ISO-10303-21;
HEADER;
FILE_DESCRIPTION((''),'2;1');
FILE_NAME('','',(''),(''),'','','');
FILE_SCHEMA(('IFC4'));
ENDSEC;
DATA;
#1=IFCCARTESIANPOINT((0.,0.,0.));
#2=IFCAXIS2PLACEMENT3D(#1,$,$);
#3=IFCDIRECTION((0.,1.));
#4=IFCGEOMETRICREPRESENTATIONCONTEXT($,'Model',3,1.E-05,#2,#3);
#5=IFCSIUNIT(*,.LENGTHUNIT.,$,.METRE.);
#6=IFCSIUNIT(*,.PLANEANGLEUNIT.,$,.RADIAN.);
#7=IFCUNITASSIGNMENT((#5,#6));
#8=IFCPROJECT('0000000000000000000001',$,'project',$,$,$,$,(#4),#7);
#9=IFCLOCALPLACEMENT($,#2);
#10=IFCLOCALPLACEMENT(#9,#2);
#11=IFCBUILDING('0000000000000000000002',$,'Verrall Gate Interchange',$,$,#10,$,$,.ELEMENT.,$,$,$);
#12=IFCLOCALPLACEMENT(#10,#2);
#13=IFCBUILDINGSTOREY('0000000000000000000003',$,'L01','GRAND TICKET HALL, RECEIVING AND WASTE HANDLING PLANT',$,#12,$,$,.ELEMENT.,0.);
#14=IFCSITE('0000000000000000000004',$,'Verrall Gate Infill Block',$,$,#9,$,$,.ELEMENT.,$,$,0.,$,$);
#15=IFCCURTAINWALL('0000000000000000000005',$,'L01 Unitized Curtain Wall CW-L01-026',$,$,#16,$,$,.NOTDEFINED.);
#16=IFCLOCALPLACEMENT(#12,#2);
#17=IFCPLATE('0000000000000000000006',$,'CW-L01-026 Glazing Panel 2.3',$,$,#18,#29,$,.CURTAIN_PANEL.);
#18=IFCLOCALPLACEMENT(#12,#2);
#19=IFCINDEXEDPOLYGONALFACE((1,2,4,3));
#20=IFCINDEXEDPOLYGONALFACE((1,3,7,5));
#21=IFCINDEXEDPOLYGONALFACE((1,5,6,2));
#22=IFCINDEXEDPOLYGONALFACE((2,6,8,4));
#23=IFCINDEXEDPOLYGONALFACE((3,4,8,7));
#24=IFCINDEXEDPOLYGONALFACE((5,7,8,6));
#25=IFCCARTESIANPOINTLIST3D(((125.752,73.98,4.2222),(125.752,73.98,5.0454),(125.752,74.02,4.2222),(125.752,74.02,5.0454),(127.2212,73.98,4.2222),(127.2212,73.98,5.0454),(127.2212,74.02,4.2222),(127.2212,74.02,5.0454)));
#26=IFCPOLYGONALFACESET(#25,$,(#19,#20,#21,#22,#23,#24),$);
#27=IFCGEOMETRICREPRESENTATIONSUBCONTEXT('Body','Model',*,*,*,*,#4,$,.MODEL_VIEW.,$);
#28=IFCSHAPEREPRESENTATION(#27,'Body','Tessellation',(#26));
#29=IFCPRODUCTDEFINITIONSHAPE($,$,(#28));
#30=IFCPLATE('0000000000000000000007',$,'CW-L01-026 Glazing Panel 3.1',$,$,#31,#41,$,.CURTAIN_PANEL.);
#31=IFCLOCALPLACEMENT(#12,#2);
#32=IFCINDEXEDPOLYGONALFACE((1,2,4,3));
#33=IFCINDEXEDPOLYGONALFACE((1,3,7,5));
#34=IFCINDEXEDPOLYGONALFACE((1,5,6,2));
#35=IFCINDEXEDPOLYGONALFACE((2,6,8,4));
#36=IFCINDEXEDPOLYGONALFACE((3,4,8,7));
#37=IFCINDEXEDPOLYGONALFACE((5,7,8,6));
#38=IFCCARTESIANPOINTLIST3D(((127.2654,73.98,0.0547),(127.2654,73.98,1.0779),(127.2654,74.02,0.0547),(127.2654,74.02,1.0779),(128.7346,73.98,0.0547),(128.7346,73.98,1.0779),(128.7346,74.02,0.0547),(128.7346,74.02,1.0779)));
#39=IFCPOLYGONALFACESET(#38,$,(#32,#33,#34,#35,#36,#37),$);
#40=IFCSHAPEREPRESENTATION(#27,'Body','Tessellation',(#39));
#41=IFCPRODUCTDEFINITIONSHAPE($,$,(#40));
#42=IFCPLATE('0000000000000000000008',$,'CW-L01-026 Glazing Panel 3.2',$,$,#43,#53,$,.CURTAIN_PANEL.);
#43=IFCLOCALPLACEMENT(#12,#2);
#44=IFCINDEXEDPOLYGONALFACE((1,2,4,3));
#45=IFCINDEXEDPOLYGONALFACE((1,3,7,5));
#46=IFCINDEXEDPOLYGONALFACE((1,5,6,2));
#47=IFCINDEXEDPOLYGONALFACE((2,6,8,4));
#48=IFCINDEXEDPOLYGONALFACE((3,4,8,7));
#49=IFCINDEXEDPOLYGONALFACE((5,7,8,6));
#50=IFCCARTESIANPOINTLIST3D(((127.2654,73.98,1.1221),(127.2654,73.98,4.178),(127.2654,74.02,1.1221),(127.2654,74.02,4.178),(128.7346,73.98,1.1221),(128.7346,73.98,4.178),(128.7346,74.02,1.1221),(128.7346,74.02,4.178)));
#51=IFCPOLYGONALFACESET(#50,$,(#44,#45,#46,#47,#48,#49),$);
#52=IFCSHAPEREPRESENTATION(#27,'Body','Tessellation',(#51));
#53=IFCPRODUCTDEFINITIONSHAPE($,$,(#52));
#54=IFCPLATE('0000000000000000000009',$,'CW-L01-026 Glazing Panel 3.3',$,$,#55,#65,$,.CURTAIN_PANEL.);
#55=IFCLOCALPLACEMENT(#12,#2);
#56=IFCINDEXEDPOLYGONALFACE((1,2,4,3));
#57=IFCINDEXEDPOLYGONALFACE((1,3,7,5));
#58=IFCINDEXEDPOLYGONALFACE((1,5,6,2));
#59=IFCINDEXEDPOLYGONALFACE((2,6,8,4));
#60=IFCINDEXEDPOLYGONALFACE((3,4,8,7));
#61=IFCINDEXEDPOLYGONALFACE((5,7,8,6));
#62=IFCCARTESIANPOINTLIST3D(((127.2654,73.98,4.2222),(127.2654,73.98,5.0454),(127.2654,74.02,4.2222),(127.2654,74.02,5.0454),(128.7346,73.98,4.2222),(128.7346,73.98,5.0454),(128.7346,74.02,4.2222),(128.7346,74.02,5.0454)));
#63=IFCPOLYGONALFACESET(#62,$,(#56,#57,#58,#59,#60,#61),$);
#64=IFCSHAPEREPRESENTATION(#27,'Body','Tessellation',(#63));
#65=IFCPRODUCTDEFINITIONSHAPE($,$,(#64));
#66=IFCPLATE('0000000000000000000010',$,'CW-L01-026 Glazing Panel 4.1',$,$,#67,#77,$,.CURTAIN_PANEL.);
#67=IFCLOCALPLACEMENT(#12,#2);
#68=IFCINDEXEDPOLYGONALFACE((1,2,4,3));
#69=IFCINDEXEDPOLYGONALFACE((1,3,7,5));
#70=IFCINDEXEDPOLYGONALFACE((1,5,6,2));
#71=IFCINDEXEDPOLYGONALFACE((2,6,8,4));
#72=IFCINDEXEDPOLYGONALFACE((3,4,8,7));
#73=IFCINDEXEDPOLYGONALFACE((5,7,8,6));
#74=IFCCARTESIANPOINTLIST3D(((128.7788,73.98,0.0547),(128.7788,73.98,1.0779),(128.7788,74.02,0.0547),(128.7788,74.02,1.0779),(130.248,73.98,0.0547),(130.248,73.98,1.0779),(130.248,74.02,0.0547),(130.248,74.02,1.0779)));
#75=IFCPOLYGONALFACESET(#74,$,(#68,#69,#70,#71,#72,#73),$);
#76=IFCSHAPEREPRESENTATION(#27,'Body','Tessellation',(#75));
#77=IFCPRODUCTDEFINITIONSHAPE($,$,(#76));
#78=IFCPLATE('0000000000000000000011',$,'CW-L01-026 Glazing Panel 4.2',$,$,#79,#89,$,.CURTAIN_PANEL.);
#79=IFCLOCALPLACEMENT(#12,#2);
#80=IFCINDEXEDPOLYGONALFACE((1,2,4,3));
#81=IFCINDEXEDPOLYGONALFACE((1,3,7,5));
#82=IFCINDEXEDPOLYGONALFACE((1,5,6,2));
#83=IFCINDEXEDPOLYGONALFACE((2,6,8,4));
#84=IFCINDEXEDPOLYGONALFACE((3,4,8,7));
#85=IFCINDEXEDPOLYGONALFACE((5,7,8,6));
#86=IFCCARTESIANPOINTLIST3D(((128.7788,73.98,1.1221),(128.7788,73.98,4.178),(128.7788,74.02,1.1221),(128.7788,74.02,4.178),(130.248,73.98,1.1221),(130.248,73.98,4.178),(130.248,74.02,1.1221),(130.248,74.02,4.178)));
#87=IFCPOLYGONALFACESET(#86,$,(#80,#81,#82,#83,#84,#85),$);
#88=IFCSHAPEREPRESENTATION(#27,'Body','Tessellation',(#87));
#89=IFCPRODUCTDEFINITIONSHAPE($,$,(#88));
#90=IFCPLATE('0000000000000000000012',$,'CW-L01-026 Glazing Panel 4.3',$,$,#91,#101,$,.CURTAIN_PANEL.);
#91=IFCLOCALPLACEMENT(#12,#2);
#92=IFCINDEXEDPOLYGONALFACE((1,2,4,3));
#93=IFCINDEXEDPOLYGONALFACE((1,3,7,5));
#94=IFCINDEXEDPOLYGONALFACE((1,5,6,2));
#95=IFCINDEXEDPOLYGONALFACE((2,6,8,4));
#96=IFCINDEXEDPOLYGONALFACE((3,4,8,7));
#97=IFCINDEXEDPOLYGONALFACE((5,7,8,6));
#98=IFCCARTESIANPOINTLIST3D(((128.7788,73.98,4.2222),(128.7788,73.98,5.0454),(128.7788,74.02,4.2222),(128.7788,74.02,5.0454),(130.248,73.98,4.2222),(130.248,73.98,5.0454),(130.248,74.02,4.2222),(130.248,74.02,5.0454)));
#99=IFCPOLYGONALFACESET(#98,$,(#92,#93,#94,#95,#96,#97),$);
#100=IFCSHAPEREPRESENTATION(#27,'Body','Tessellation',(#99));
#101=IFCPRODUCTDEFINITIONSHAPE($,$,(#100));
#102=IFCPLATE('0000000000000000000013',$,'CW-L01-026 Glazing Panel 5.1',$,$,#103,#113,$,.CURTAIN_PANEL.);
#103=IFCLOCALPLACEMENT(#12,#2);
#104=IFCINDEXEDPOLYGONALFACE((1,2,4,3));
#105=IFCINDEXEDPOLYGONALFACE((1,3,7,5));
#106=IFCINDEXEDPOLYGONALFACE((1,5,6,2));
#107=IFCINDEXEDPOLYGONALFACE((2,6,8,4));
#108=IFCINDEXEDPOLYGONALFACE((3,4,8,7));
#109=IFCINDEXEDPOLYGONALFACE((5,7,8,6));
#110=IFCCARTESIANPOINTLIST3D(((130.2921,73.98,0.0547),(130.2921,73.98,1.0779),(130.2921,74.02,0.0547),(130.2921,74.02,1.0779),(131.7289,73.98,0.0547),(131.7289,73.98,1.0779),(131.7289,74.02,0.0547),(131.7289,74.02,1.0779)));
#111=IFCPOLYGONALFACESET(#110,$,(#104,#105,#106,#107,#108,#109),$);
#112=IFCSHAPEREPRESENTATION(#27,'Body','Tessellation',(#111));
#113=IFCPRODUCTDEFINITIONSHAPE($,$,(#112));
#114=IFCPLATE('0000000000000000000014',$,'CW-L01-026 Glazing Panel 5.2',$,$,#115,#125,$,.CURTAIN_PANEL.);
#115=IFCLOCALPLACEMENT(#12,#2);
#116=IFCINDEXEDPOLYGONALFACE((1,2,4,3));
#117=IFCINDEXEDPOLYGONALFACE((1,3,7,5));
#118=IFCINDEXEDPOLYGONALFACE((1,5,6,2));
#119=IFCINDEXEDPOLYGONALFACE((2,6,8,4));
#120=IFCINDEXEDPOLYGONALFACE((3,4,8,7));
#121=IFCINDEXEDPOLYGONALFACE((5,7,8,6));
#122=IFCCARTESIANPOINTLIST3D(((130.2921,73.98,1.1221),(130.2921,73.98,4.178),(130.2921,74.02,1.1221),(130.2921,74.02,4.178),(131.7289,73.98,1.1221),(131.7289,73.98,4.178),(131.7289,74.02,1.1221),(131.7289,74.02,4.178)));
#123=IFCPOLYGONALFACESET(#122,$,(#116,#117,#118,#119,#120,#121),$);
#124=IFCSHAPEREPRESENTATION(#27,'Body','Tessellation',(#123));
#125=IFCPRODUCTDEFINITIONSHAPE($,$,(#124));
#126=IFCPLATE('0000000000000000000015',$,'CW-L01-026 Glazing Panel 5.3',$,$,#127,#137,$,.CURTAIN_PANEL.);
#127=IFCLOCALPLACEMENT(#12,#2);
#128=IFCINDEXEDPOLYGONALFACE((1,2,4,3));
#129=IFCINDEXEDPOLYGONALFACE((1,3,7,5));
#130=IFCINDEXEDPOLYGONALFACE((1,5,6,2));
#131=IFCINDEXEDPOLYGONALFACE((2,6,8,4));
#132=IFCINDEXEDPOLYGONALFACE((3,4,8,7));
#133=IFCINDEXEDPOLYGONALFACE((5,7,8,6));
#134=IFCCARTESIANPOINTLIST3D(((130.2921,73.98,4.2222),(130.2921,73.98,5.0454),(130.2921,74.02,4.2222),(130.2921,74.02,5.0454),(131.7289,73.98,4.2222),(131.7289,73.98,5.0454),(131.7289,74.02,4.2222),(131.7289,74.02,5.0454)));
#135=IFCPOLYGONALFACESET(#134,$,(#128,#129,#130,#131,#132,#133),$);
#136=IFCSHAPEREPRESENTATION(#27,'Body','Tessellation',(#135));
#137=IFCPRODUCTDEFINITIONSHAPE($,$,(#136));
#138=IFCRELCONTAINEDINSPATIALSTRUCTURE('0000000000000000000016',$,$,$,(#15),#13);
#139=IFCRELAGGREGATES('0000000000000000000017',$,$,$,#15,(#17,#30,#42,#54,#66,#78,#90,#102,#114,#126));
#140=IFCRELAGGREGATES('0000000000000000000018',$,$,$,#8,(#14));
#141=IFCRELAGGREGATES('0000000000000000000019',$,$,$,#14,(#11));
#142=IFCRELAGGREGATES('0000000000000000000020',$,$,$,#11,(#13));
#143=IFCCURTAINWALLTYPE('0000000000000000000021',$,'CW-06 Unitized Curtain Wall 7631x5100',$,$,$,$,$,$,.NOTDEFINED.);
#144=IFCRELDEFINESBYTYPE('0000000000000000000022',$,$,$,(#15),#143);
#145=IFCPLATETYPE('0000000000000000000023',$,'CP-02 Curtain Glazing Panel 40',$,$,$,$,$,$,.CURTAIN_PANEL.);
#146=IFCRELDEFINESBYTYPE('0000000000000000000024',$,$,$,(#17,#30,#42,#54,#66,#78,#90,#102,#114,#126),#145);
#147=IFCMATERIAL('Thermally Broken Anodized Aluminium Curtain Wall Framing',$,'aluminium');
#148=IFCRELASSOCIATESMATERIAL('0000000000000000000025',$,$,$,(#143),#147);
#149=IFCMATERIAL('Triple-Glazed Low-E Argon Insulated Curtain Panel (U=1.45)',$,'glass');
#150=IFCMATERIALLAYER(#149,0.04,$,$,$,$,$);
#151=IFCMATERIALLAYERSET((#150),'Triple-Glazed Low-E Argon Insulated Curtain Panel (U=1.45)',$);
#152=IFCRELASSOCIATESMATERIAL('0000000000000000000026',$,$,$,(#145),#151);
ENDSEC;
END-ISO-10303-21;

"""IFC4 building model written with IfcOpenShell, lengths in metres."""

from ifc_helpers import new_model, si_unit, direction, frame, origin, origin_2d, place, context, subcontext, project, spatial, rectangle, extrude, material, layer, layer_set, type_object, element, aggregate, save


model = new_model("IFC4")

# Units and contexts
model_context = context("Model", 3, precision=1e-05, world=origin(), true_north=direction((0.0, 1.0)))
body_context = subcontext(model_context, "Body", "Model", "MODEL_VIEW")
ifc_project = project(units=[si_unit("LENGTHUNIT", "METRE"), si_unit("PLANEANGLEUNIT", "RADIAN")], contexts=[model_context])

# Site, building, storey
site_placement = place(None, origin())
site = spatial("IfcSite", under=ifc_project, at=site_placement, Name="Verrall Gate Infill Block", CompositionType="ELEMENT", RefElevation=0.0)
building_placement = place(site_placement, origin())
building = spatial("IfcBuilding", under=site, at=building_placement, Name="Verrall Gate Interchange", CompositionType="ELEMENT")
storey_placement = place(building_placement, origin())
storey = spatial("IfcBuildingStorey", under=building, at=storey_placement, Name="L01", Description="GRAND TICKET HALL, RECEIVING AND WASTE HANDLING PLANT", CompositionType="ELEMENT", Elevation=0.0)

# Curtain wall
ifc_material_1 = material(Name="Thermally Broken Anodized Aluminium Curtain Wall Framing", Category="aluminium")
curtain_wall_type = type_object("IfcCurtainWallType", Name="CW-06 Unitized Curtain Wall 7631x5100", PredefinedType="NOTDEFINED", material=ifc_material_1)
curtain_wall_1_placement = place(storey_placement, origin())
curtain_wall_1 = element("IfcCurtainWall", 1, at=curtain_wall_1_placement, inside=storey, type_object=curtain_wall_type, Name="L01 Unitized Curtain Wall CW-L01-026", PredefinedType="NOTDEFINED")

# Plates
ifc_material_2 = material(Name="Triple-Glazed Low-E Argon Insulated Curtain Panel (U=1.45)", Category="glass")
ifc_layer_1 = layer(ifc_material_2, 0.04)
ifc_layer_set_1 = layer_set([ifc_layer_1], Name="Triple-Glazed Low-E Argon Insulated Curtain Panel (U=1.45)")
plate_type_1 = type_object("IfcPlateType", Name="CP-02 Curtain Glazing Panel 40", PredefinedType="CURTAIN_PANEL", material=ifc_layer_set_1)
plate_1_placement = place(storey_placement, frame((126.4866, 74.0, 4.2222), z_axis=(0.0, 0.0, 1.0), x_axis=(1.0, 0.0, 0.0)))
plate_1 = element("IfcPlate", 2, at=plate_1_placement, type_object=plate_type_1, Name="CW-L01-026 Glazing Panel 2.3", PredefinedType="CURTAIN_PANEL", context=body_context, shape_type="SweptSolid", body=[
    extrude(rectangle(XDim=1.4692, YDim=0.04, at=origin_2d()), origin(), (0.0, 0.0, 1.0), 0.8232),
])
plate_2_placement = place(storey_placement, frame((128.0, 74.0, 0.0547), z_axis=(0.0, 0.0, 1.0), x_axis=(1.0, 0.0, 0.0)))
plate_2 = element("IfcPlate", 3, at=plate_2_placement, type_object=plate_type_1, Name="CW-L01-026 Glazing Panel 3.1", PredefinedType="CURTAIN_PANEL", context=body_context, shape_type="SweptSolid", body=[
    extrude(rectangle(XDim=1.4692, YDim=0.04, at=origin_2d()), origin(), (0.0, 0.0, 1.0), 1.0232),
])
plate_3_placement = place(storey_placement, frame((128.0, 74.0, 1.1221), z_axis=(0.0, 0.0, 1.0), x_axis=(1.0, 0.0, 0.0)))
plate_3 = element("IfcPlate", 4, at=plate_3_placement, type_object=plate_type_1, Name="CW-L01-026 Glazing Panel 3.2", PredefinedType="CURTAIN_PANEL", context=body_context, shape_type="SweptSolid", body=[
    extrude(rectangle(XDim=1.4692, YDim=0.04, at=origin_2d()), origin(), (0.0, 0.0, 1.0), 3.0559),
])
plate_4_placement = place(storey_placement, frame((128.0, 74.0, 4.2222), z_axis=(0.0, 0.0, 1.0), x_axis=(1.0, 0.0, 0.0)))
plate_4 = element("IfcPlate", 5, at=plate_4_placement, type_object=plate_type_1, Name="CW-L01-026 Glazing Panel 3.3", PredefinedType="CURTAIN_PANEL", context=body_context, shape_type="SweptSolid", body=[
    extrude(rectangle(XDim=1.4692, YDim=0.04, at=origin_2d()), origin(), (0.0, 0.0, 1.0), 0.8232),
])
plate_5_placement = place(storey_placement, frame((129.5134, 74.0, 0.0547), z_axis=(0.0, 0.0, 1.0), x_axis=(1.0, 0.0, 0.0)))
plate_5 = element("IfcPlate", 6, at=plate_5_placement, type_object=plate_type_1, Name="CW-L01-026 Glazing Panel 4.1", PredefinedType="CURTAIN_PANEL", context=body_context, shape_type="SweptSolid", body=[
    extrude(rectangle(XDim=1.4692, YDim=0.04, at=origin_2d()), origin(), (0.0, 0.0, 1.0), 1.0232),
])
plate_6_placement = place(storey_placement, frame((129.5134, 74.0, 1.1221), z_axis=(0.0, 0.0, 1.0), x_axis=(1.0, 0.0, 0.0)))
plate_6 = element("IfcPlate", 7, at=plate_6_placement, type_object=plate_type_1, Name="CW-L01-026 Glazing Panel 4.2", PredefinedType="CURTAIN_PANEL", context=body_context, shape_type="SweptSolid", body=[
    extrude(rectangle(XDim=1.4692, YDim=0.04, at=origin_2d()), origin(), (0.0, 0.0, 1.0), 3.0559),
])
plate_7_placement = place(storey_placement, frame((129.5134, 74.0, 4.2222), z_axis=(0.0, 0.0, 1.0), x_axis=(1.0, 0.0, 0.0)))
plate_7 = element("IfcPlate", 8, at=plate_7_placement, type_object=plate_type_1, Name="CW-L01-026 Glazing Panel 4.3", PredefinedType="CURTAIN_PANEL", context=body_context, shape_type="SweptSolid", body=[
    extrude(rectangle(XDim=1.4692, YDim=0.04, at=origin_2d()), origin(), (0.0, 0.0, 1.0), 0.8232),
])
plate_8_placement = place(storey_placement, frame((131.0105, 74.0, 0.0547), z_axis=(0.0, 0.0, 1.0), x_axis=(1.0, 0.0, 0.0)))
plate_8 = element("IfcPlate", 9, at=plate_8_placement, type_object=plate_type_1, Name="CW-L01-026 Glazing Panel 5.1", PredefinedType="CURTAIN_PANEL", context=body_context, shape_type="SweptSolid", body=[
    extrude(rectangle(XDim=1.4368, YDim=0.04, at=origin_2d()), origin(), (0.0, 0.0, 1.0), 1.0232),
])
plate_9_placement = place(storey_placement, frame((131.0105, 74.0, 1.1221), z_axis=(0.0, 0.0, 1.0), x_axis=(1.0, 0.0, 0.0)))
plate_9 = element("IfcPlate", 10, at=plate_9_placement, type_object=plate_type_1, Name="CW-L01-026 Glazing Panel 5.2", PredefinedType="CURTAIN_PANEL", context=body_context, shape_type="SweptSolid", body=[
    extrude(rectangle(XDim=1.4368, YDim=0.04, at=origin_2d()), origin(), (0.0, 0.0, 1.0), 3.0559),
])
plate_10_placement = place(storey_placement, frame((131.0105, 74.0, 4.2222), z_axis=(0.0, 0.0, 1.0), x_axis=(1.0, 0.0, 0.0)))
plate_10 = element("IfcPlate", 11, at=plate_10_placement, type_object=plate_type_1, Name="CW-L01-026 Glazing Panel 5.3", PredefinedType="CURTAIN_PANEL", context=body_context, shape_type="SweptSolid", body=[
    extrude(rectangle(XDim=1.4368, YDim=0.04, at=origin_2d()), origin(), (0.0, 0.0, 1.0), 0.8232),
])
aggregate(curtain_wall_1, [plate_1, plate_2, plate_3, plate_4, plate_5, plate_6, plate_7, plate_8, plate_9, plate_10])

save(model, "model.ifc")
